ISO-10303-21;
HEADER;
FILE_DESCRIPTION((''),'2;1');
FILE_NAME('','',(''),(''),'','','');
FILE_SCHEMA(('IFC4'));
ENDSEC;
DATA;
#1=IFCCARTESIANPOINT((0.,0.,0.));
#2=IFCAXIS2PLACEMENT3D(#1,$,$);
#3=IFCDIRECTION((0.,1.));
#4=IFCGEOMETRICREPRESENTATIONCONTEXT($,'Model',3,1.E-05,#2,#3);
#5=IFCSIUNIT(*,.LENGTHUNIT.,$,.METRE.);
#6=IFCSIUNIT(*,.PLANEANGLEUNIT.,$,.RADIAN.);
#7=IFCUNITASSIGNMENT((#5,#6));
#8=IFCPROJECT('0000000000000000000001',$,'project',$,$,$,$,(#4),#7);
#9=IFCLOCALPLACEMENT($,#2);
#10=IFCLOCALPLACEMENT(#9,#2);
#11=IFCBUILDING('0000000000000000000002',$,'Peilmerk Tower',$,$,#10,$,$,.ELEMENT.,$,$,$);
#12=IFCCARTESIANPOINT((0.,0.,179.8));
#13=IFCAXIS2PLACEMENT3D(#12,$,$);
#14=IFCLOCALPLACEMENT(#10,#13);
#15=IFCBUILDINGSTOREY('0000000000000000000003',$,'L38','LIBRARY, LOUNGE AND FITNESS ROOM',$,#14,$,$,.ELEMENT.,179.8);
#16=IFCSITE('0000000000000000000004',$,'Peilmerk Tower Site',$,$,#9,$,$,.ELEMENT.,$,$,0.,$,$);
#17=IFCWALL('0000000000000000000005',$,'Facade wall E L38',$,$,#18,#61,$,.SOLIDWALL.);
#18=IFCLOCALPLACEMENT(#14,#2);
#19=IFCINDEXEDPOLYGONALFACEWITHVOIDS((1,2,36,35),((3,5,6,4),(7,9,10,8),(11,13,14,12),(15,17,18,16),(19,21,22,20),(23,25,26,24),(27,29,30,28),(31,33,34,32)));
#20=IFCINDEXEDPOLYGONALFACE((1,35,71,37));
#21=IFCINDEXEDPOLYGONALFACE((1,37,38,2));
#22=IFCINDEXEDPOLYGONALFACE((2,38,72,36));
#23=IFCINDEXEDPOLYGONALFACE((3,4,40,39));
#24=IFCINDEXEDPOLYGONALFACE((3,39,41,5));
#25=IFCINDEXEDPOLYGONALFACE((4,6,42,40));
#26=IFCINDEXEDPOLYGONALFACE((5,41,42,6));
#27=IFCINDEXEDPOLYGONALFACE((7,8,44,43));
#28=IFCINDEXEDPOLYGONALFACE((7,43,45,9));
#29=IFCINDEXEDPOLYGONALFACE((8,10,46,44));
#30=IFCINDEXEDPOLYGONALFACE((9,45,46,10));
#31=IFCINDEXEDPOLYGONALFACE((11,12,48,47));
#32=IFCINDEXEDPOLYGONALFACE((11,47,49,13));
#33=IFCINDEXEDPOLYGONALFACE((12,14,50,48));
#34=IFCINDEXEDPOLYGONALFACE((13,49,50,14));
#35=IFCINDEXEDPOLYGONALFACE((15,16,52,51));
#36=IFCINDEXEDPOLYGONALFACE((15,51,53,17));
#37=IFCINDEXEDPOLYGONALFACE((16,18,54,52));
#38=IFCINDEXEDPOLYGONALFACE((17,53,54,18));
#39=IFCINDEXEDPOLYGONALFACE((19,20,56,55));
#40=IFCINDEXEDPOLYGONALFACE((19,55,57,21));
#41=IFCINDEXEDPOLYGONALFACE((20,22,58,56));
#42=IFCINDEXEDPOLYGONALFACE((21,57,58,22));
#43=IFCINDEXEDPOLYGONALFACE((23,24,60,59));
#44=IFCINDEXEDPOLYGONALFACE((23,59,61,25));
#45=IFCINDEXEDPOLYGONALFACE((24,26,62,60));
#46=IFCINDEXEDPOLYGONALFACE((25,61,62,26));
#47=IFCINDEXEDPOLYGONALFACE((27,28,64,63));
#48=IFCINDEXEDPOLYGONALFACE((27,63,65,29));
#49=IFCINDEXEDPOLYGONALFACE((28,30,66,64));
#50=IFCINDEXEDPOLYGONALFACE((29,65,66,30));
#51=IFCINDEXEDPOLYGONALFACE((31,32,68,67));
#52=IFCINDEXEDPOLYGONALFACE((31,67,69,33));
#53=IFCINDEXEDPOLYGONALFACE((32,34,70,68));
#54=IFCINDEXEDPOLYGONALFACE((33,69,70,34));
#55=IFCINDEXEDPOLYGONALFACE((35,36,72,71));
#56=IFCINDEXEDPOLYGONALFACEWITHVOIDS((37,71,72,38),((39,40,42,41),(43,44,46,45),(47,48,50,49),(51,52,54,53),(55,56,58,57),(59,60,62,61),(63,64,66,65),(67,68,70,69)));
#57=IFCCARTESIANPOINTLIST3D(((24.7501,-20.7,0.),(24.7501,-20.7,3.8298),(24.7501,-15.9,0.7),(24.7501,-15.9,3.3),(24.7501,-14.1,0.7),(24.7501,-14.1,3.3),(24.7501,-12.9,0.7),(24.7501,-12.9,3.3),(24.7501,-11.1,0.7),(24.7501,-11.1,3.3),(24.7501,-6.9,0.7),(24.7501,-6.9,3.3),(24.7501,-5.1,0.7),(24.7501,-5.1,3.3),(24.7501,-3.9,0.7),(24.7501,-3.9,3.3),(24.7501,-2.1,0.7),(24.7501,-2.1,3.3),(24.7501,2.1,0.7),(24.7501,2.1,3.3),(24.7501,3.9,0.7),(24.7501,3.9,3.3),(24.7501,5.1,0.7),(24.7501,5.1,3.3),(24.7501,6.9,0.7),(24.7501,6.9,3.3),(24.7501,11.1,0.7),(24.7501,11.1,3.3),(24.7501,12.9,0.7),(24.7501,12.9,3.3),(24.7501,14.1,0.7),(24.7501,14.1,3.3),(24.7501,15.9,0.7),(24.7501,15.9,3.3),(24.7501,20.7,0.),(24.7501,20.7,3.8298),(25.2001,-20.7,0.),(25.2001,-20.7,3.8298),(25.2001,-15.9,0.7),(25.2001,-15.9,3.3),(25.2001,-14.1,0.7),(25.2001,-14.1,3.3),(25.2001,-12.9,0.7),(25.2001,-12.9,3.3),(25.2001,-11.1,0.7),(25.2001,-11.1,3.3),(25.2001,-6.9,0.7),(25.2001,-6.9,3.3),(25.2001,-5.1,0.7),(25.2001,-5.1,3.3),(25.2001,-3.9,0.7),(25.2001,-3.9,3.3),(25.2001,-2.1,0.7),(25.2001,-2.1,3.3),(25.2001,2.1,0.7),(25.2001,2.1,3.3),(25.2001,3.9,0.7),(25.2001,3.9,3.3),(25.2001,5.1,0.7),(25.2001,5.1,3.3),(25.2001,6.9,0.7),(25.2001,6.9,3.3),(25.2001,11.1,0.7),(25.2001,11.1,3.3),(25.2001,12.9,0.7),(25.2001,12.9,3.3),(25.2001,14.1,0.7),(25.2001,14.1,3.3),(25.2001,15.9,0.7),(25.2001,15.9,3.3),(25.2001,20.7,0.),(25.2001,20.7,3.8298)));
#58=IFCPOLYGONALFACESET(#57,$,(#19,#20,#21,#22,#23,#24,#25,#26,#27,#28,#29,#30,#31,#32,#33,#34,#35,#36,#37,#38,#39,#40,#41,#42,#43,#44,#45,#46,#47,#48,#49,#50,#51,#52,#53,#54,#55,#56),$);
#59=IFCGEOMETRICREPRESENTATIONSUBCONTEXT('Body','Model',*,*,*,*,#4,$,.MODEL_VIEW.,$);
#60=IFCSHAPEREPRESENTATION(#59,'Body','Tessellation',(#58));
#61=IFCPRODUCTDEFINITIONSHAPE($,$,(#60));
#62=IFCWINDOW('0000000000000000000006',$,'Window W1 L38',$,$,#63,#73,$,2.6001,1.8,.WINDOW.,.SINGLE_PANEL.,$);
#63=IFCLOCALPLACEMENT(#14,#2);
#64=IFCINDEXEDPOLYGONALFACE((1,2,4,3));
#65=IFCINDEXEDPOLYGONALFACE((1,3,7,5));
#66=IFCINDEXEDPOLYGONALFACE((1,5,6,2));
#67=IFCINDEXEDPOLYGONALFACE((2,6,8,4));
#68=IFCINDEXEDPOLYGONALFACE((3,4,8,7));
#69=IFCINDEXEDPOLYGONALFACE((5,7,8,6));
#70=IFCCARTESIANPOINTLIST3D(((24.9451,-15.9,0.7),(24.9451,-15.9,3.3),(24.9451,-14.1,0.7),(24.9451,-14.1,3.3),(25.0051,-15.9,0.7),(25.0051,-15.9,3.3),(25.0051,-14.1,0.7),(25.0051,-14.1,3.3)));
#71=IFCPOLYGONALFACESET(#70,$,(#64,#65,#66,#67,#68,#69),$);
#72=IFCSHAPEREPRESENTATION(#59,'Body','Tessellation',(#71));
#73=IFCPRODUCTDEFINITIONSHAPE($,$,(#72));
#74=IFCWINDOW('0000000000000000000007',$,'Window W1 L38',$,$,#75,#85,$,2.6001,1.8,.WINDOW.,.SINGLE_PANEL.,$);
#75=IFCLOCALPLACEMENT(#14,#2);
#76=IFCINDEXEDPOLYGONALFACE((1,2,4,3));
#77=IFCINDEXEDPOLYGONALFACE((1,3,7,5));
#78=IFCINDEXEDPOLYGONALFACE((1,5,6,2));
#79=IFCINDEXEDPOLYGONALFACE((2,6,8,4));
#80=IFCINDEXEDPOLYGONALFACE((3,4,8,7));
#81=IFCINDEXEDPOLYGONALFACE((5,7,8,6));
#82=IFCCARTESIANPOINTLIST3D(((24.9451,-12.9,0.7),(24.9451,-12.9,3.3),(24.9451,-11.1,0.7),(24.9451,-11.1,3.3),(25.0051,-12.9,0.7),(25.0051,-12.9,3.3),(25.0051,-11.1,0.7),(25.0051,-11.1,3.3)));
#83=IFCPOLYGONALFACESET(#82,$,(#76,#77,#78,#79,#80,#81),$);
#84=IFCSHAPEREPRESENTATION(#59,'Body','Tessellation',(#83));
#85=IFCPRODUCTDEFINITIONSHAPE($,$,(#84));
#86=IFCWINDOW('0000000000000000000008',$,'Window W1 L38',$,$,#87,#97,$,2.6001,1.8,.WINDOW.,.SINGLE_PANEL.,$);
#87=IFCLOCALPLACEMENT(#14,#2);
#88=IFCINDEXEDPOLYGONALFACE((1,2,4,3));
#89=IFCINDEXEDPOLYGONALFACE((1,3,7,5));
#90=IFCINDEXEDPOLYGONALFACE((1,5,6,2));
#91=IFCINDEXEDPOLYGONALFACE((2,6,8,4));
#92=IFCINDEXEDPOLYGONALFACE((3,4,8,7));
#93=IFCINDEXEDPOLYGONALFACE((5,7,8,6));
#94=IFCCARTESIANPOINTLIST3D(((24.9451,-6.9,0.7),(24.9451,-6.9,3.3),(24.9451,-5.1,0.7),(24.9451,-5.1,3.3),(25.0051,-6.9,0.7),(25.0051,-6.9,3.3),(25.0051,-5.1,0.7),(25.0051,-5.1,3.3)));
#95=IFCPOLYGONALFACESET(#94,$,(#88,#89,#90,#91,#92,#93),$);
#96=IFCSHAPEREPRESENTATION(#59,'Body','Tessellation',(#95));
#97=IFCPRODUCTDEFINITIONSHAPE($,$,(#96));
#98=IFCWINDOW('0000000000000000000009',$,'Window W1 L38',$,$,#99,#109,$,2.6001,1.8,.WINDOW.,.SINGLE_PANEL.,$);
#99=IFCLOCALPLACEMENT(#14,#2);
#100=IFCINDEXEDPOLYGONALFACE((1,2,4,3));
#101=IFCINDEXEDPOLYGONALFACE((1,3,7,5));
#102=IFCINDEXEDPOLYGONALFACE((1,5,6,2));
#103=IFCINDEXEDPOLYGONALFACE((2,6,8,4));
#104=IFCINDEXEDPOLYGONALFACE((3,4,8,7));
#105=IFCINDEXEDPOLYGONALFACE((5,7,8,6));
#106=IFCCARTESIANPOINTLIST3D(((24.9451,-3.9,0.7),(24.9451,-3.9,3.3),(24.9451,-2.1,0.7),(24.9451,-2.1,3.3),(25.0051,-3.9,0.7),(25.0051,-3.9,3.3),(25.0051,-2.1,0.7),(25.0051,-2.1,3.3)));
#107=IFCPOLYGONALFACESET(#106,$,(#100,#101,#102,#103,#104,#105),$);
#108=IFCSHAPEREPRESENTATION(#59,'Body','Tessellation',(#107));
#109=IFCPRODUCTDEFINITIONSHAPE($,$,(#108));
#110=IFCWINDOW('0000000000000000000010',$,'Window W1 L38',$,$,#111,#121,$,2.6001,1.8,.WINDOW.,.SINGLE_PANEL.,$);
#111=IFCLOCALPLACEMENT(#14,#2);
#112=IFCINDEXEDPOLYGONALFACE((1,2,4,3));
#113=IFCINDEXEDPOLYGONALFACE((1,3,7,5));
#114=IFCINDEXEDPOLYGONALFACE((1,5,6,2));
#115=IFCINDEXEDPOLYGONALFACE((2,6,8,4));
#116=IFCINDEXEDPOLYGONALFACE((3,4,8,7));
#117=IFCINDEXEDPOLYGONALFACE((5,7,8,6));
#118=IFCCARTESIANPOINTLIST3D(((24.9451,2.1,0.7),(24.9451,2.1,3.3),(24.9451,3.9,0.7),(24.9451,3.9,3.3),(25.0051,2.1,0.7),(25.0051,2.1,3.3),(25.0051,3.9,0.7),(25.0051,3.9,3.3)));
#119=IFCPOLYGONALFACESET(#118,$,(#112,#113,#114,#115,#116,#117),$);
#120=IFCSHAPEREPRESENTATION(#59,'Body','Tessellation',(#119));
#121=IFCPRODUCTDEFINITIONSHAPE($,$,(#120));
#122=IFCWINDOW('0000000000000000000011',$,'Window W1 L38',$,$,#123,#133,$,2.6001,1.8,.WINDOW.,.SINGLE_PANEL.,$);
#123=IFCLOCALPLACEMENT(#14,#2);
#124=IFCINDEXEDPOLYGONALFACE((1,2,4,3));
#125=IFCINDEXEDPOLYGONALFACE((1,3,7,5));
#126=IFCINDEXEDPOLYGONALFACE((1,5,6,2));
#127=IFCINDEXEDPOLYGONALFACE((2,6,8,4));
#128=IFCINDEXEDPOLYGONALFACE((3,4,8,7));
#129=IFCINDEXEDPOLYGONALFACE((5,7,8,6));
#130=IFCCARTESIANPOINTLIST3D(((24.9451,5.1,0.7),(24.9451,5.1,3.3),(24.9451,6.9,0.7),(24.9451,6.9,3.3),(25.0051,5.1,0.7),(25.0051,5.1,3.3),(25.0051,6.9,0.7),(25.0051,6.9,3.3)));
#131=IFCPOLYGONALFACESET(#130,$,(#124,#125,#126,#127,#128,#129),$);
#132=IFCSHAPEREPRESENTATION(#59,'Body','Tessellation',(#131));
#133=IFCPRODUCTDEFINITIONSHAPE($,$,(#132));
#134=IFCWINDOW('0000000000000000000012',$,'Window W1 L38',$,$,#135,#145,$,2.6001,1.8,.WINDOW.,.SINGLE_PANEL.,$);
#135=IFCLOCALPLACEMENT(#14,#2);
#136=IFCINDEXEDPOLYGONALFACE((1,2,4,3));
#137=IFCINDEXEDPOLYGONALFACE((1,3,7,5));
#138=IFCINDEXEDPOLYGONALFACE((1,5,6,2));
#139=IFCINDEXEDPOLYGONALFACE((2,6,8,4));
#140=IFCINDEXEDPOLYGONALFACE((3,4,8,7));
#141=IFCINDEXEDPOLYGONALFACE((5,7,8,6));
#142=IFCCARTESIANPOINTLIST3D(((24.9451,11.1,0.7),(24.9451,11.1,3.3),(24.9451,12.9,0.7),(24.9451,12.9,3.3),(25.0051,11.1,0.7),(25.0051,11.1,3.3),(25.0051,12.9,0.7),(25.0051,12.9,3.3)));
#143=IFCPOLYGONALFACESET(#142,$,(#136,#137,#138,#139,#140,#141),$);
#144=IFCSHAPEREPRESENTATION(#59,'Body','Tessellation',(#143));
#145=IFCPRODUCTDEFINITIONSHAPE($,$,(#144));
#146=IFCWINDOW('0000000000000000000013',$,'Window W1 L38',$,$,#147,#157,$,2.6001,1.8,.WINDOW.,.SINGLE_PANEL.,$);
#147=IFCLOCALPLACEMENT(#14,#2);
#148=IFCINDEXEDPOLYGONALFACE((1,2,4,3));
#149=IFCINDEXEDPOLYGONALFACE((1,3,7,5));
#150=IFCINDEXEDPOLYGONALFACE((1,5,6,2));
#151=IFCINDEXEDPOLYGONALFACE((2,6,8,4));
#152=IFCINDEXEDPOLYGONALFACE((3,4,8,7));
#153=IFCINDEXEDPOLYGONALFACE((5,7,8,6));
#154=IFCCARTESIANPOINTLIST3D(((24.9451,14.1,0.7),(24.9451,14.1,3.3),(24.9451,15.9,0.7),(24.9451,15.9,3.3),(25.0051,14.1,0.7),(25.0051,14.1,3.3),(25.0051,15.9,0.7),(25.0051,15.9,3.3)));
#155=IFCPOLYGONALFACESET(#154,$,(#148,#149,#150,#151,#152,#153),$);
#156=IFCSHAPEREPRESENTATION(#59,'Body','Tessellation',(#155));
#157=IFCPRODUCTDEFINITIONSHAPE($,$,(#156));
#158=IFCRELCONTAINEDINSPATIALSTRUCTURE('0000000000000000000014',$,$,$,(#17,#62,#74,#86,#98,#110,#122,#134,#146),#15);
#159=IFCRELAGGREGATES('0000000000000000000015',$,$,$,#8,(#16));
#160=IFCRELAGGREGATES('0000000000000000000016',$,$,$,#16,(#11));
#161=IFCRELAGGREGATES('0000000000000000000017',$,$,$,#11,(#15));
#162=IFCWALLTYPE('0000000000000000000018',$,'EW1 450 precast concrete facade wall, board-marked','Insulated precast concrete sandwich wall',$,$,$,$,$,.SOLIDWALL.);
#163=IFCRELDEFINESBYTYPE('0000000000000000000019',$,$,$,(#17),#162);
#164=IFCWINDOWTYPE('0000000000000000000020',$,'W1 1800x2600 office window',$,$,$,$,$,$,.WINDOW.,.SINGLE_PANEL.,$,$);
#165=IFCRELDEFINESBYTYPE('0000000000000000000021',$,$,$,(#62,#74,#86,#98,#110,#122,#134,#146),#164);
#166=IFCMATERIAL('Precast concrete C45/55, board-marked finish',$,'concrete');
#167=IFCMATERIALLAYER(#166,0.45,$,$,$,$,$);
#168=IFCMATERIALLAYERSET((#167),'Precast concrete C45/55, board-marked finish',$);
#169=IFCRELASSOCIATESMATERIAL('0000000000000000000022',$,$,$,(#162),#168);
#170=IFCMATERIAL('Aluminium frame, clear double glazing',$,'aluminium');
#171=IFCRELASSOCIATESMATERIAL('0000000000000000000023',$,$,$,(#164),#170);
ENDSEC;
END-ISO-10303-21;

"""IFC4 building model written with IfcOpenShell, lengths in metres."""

from ifc_helpers import new_model, si_unit, direction, frame, frame_2d, origin, place, context, subcontext, project, spatial, rectangle, extrude, material, layer, layer_set, type_object, element, fill, save


model = new_model("IFC4")

# Units and contexts
model_context = context("Model", 3, precision=1e-05, world=origin(), true_north=direction((0.0, 1.0)))
body_context = subcontext(model_context, "Body", "Model", "MODEL_VIEW")
ifc_project = project(units=[si_unit("LENGTHUNIT", "METRE"), si_unit("PLANEANGLEUNIT", "RADIAN")], contexts=[model_context])

# Site, building, storey
site_placement = place(None, origin())
site = spatial("IfcSite", under=ifc_project, at=site_placement, Name="Peilmerk Tower Site", CompositionType="ELEMENT", RefElevation=0.0)
building_placement = place(site_placement, origin())
building = spatial("IfcBuilding", under=site, at=building_placement, Name="Peilmerk Tower", CompositionType="ELEMENT")
storey_placement = place(building_placement, frame((0.0, 0.0, 179.8)))
storey = spatial("IfcBuildingStorey", under=building, at=storey_placement, Name="L38", Description="LIBRARY, LOUNGE AND FITNESS ROOM", CompositionType="ELEMENT", Elevation=179.8)

# Wall, openings, windows
ifc_material_1 = material(Name="Precast concrete C45/55, board-marked finish", Category="concrete")
ifc_layer_1 = layer(ifc_material_1, 0.45)
ifc_layer_set_1 = layer_set([ifc_layer_1], Name="Precast concrete C45/55, board-marked finish")
wall_type = type_object("IfcWallType", Name="EW1 450 precast concrete facade wall, board-marked", Description="Insulated precast concrete sandwich wall", PredefinedType="SOLIDWALL", material=ifc_layer_set_1)
wall_1_placement = place(storey_placement, frame((24.9751, -20.7, 0.0), z_axis=(0.0, 0.0, 1.0), x_axis=(0.0, 1.0, 0.0)))
wall_1 = element("IfcWall", 1, at=wall_1_placement, inside=storey, type_object=wall_type, Name="Facade wall E L38", PredefinedType="SOLIDWALL", context=body_context, shape_type="SweptSolid", body=[
    extrude(rectangle(XDim=41.3999, YDim=0.45, at=frame_2d((20.7, 0.0))), origin(), (0.0, 0.0, 1.0), 3.8298),
])
opening_1_placement = place(wall_1_placement, frame((4.8, 0.0, 0.7)))
opening_1 = element("IfcOpeningElement", 2, at=opening_1_placement, cuts=wall_1, PredefinedType="OPENING", context=body_context, shape_type="SweptSolid", body=[
    extrude(rectangle(XDim=1.8, YDim=2.6001, at=frame_2d((0.8999, 1.3))), frame((0.0, 0.2349, 0.0), z_axis=(0.0, -1.0, 0.0), x_axis=(1.0, 0.0, 0.0)), (0.0, 0.0, 1.0), 0.47),
])
opening_2_placement = place(wall_1_placement, frame((7.8, 0.0, 0.7)))
opening_2 = element("IfcOpeningElement", 3, at=opening_2_placement, cuts=wall_1, PredefinedType="OPENING", context=body_context, shape_type="SweptSolid", body=[
    extrude(rectangle(XDim=1.8, YDim=2.6001, at=frame_2d((0.8999, 1.3))), frame((0.0, 0.2349, 0.0), z_axis=(0.0, -1.0, 0.0), x_axis=(1.0, 0.0, 0.0)), (0.0, 0.0, 1.0), 0.47),
])
opening_3_placement = place(wall_1_placement, frame((13.8, 0.0, 0.7)))
opening_3 = element("IfcOpeningElement", 4, at=opening_3_placement, cuts=wall_1, PredefinedType="OPENING", context=body_context, shape_type="SweptSolid", body=[
    extrude(rectangle(XDim=1.8, YDim=2.6001, at=frame_2d((0.8999, 1.3))), frame((0.0, 0.2349, 0.0), z_axis=(0.0, -1.0, 0.0), x_axis=(1.0, 0.0, 0.0)), (0.0, 0.0, 1.0), 0.47),
])
opening_4_placement = place(wall_1_placement, frame((16.8, 0.0, 0.7)))
opening_4 = element("IfcOpeningElement", 5, at=opening_4_placement, cuts=wall_1, PredefinedType="OPENING", context=body_context, shape_type="SweptSolid", body=[
    extrude(rectangle(XDim=1.8, YDim=2.6001, at=frame_2d((0.8999, 1.3))), frame((0.0, 0.2349, 0.0), z_axis=(0.0, -1.0, 0.0), x_axis=(1.0, 0.0, 0.0)), (0.0, 0.0, 1.0), 0.47),
])
opening_5_placement = place(wall_1_placement, frame((22.8, 0.0, 0.7)))
opening_5 = element("IfcOpeningElement", 6, at=opening_5_placement, cuts=wall_1, PredefinedType="OPENING", context=body_context, shape_type="SweptSolid", body=[
    extrude(rectangle(XDim=1.8, YDim=2.6001, at=frame_2d((0.8999, 1.3))), frame((0.0, 0.2349, 0.0), z_axis=(0.0, -1.0, 0.0), x_axis=(1.0, 0.0, 0.0)), (0.0, 0.0, 1.0), 0.47),
])
opening_6_placement = place(wall_1_placement, frame((25.8, 0.0, 0.7)))
opening_6 = element("IfcOpeningElement", 7, at=opening_6_placement, cuts=wall_1, PredefinedType="OPENING", context=body_context, shape_type="SweptSolid", body=[
    extrude(rectangle(XDim=1.8, YDim=2.6001, at=frame_2d((0.8999, 1.3))), frame((0.0, 0.2349, 0.0), z_axis=(0.0, -1.0, 0.0), x_axis=(1.0, 0.0, 0.0)), (0.0, 0.0, 1.0), 0.47),
])
opening_7_placement = place(wall_1_placement, frame((31.8, 0.0, 0.7)))
opening_7 = element("IfcOpeningElement", 8, at=opening_7_placement, cuts=wall_1, PredefinedType="OPENING", context=body_context, shape_type="SweptSolid", body=[
    extrude(rectangle(XDim=1.8, YDim=2.6001, at=frame_2d((0.8999, 1.3))), frame((0.0, 0.2349, 0.0), z_axis=(0.0, -1.0, 0.0), x_axis=(1.0, 0.0, 0.0)), (0.0, 0.0, 1.0), 0.47),
])
opening_8_placement = place(wall_1_placement, frame((34.8, 0.0, 0.7)))
opening_8 = element("IfcOpeningElement", 9, at=opening_8_placement, cuts=wall_1, PredefinedType="OPENING", context=body_context, shape_type="SweptSolid", body=[
    extrude(rectangle(XDim=1.8, YDim=2.6001, at=frame_2d((0.8999, 1.3))), frame((0.0, 0.2349, 0.0), z_axis=(0.0, -1.0, 0.0), x_axis=(1.0, 0.0, 0.0)), (0.0, 0.0, 1.0), 0.47),
])
ifc_material_2 = material(Name="Aluminium frame, clear double glazing", Category="aluminium")
window_type = type_object("IfcWindowType", Name="W1 1800x2600 office window", PartitioningType="SINGLE_PANEL", PredefinedType="WINDOW", material=ifc_material_2)
window_1_placement = place(opening_1_placement, origin())
window_1 = element("IfcWindow", 10, at=window_1_placement, inside=storey, type_object=window_type, Name="Window W1 L38", OverallHeight=2.6001, OverallWidth=1.8, PartitioningType="SINGLE_PANEL", PredefinedType="WINDOW", context=body_context, shape_type="SweptSolid", body=[
    extrude(rectangle(XDim=1.8, YDim=2.6001, at=frame_2d((0.8999, 1.3))), frame((0.0, 0.03, 0.0), z_axis=(0.0, -1.0, 0.0), x_axis=(1.0, 0.0, 0.0)), (0.0, 0.0, 1.0), 0.0601),
])
fill(opening_1, window_1)
window_2_placement = place(opening_2_placement, origin())
window_2 = element("IfcWindow", 11, at=window_2_placement, inside=storey, type_object=window_type, Name="Window W1 L38", OverallHeight=2.6001, OverallWidth=1.8, PartitioningType="SINGLE_PANEL", PredefinedType="WINDOW", context=body_context, shape_type="SweptSolid", body=[
    extrude(rectangle(XDim=1.8, YDim=2.6001, at=frame_2d((0.8999, 1.3))), frame((0.0, 0.03, 0.0), z_axis=(0.0, -1.0, 0.0), x_axis=(1.0, 0.0, 0.0)), (0.0, 0.0, 1.0), 0.0601),
])
fill(opening_2, window_2)
window_3_placement = place(opening_3_placement, origin())
window_3 = element("IfcWindow", 12, at=window_3_placement, inside=storey, type_object=window_type, Name="Window W1 L38", OverallHeight=2.6001, OverallWidth=1.8, PartitioningType="SINGLE_PANEL", PredefinedType="WINDOW", context=body_context, shape_type="SweptSolid", body=[
    extrude(rectangle(XDim=1.8, YDim=2.6001, at=frame_2d((0.8999, 1.3))), frame((0.0, 0.03, 0.0), z_axis=(0.0, -1.0, 0.0), x_axis=(1.0, 0.0, 0.0)), (0.0, 0.0, 1.0), 0.0601),
])
fill(opening_3, window_3)
window_4_placement = place(opening_4_placement, origin())
window_4 = element("IfcWindow", 13, at=window_4_placement, inside=storey, type_object=window_type, Name="Window W1 L38", OverallHeight=2.6001, OverallWidth=1.8, PartitioningType="SINGLE_PANEL", PredefinedType="WINDOW", context=body_context, shape_type="SweptSolid", body=[
    extrude(rectangle(XDim=1.8, YDim=2.6001, at=frame_2d((0.8999, 1.3))), frame((0.0, 0.03, 0.0), z_axis=(0.0, -1.0, 0.0), x_axis=(1.0, 0.0, 0.0)), (0.0, 0.0, 1.0), 0.0601),
])
fill(opening_4, window_4)
window_5_placement = place(opening_5_placement, origin())
window_5 = element("IfcWindow", 14, at=window_5_placement, inside=storey, type_object=window_type, Name="Window W1 L38", OverallHeight=2.6001, OverallWidth=1.8, PartitioningType="SINGLE_PANEL", PredefinedType="WINDOW", context=body_context, shape_type="SweptSolid", body=[
    extrude(rectangle(XDim=1.8, YDim=2.6001, at=frame_2d((0.8999, 1.3))), frame((0.0, 0.03, 0.0), z_axis=(0.0, -1.0, 0.0), x_axis=(1.0, 0.0, 0.0)), (0.0, 0.0, 1.0), 0.0601),
])
fill(opening_5, window_5)
window_6_placement = place(opening_6_placement, origin())
window_6 = element("IfcWindow", 15, at=window_6_placement, inside=storey, type_object=window_type, Name="Window W1 L38", OverallHeight=2.6001, OverallWidth=1.8, PartitioningType="SINGLE_PANEL", PredefinedType="WINDOW", context=body_context, shape_type="SweptSolid", body=[
    extrude(rectangle(XDim=1.8, YDim=2.6001, at=frame_2d((0.8999, 1.3))), frame((0.0, 0.03, 0.0), z_axis=(0.0, -1.0, 0.0), x_axis=(1.0, 0.0, 0.0)), (0.0, 0.0, 1.0), 0.0601),
])
fill(opening_6, window_6)
window_7_placement = place(opening_7_placement, origin())
window_7 = element("IfcWindow", 16, at=window_7_placement, inside=storey, type_object=window_type, Name="Window W1 L38", OverallHeight=2.6001, OverallWidth=1.8, PartitioningType="SINGLE_PANEL", PredefinedType="WINDOW", context=body_context, shape_type="SweptSolid", body=[
    extrude(rectangle(XDim=1.8, YDim=2.6001, at=frame_2d((0.8999, 1.3))), frame((0.0, 0.03, 0.0), z_axis=(0.0, -1.0, 0.0), x_axis=(1.0, 0.0, 0.0)), (0.0, 0.0, 1.0), 0.0601),
])
fill(opening_7, window_7)
window_8_placement = place(opening_8_placement, origin())
window_8 = element("IfcWindow", 17, at=window_8_placement, inside=storey, type_object=window_type, Name="Window W1 L38", OverallHeight=2.6001, OverallWidth=1.8, PartitioningType="SINGLE_PANEL", PredefinedType="WINDOW", context=body_context, shape_type="SweptSolid", body=[
    extrude(rectangle(XDim=1.8, YDim=2.6001, at=frame_2d((0.8999, 1.3))), frame((0.0, 0.03, 0.0), z_axis=(0.0, -1.0, 0.0), x_axis=(1.0, 0.0, 0.0)), (0.0, 0.0, 1.0), 0.0601),
])
fill(opening_8, window_8)

save(model, "model.ifc")
